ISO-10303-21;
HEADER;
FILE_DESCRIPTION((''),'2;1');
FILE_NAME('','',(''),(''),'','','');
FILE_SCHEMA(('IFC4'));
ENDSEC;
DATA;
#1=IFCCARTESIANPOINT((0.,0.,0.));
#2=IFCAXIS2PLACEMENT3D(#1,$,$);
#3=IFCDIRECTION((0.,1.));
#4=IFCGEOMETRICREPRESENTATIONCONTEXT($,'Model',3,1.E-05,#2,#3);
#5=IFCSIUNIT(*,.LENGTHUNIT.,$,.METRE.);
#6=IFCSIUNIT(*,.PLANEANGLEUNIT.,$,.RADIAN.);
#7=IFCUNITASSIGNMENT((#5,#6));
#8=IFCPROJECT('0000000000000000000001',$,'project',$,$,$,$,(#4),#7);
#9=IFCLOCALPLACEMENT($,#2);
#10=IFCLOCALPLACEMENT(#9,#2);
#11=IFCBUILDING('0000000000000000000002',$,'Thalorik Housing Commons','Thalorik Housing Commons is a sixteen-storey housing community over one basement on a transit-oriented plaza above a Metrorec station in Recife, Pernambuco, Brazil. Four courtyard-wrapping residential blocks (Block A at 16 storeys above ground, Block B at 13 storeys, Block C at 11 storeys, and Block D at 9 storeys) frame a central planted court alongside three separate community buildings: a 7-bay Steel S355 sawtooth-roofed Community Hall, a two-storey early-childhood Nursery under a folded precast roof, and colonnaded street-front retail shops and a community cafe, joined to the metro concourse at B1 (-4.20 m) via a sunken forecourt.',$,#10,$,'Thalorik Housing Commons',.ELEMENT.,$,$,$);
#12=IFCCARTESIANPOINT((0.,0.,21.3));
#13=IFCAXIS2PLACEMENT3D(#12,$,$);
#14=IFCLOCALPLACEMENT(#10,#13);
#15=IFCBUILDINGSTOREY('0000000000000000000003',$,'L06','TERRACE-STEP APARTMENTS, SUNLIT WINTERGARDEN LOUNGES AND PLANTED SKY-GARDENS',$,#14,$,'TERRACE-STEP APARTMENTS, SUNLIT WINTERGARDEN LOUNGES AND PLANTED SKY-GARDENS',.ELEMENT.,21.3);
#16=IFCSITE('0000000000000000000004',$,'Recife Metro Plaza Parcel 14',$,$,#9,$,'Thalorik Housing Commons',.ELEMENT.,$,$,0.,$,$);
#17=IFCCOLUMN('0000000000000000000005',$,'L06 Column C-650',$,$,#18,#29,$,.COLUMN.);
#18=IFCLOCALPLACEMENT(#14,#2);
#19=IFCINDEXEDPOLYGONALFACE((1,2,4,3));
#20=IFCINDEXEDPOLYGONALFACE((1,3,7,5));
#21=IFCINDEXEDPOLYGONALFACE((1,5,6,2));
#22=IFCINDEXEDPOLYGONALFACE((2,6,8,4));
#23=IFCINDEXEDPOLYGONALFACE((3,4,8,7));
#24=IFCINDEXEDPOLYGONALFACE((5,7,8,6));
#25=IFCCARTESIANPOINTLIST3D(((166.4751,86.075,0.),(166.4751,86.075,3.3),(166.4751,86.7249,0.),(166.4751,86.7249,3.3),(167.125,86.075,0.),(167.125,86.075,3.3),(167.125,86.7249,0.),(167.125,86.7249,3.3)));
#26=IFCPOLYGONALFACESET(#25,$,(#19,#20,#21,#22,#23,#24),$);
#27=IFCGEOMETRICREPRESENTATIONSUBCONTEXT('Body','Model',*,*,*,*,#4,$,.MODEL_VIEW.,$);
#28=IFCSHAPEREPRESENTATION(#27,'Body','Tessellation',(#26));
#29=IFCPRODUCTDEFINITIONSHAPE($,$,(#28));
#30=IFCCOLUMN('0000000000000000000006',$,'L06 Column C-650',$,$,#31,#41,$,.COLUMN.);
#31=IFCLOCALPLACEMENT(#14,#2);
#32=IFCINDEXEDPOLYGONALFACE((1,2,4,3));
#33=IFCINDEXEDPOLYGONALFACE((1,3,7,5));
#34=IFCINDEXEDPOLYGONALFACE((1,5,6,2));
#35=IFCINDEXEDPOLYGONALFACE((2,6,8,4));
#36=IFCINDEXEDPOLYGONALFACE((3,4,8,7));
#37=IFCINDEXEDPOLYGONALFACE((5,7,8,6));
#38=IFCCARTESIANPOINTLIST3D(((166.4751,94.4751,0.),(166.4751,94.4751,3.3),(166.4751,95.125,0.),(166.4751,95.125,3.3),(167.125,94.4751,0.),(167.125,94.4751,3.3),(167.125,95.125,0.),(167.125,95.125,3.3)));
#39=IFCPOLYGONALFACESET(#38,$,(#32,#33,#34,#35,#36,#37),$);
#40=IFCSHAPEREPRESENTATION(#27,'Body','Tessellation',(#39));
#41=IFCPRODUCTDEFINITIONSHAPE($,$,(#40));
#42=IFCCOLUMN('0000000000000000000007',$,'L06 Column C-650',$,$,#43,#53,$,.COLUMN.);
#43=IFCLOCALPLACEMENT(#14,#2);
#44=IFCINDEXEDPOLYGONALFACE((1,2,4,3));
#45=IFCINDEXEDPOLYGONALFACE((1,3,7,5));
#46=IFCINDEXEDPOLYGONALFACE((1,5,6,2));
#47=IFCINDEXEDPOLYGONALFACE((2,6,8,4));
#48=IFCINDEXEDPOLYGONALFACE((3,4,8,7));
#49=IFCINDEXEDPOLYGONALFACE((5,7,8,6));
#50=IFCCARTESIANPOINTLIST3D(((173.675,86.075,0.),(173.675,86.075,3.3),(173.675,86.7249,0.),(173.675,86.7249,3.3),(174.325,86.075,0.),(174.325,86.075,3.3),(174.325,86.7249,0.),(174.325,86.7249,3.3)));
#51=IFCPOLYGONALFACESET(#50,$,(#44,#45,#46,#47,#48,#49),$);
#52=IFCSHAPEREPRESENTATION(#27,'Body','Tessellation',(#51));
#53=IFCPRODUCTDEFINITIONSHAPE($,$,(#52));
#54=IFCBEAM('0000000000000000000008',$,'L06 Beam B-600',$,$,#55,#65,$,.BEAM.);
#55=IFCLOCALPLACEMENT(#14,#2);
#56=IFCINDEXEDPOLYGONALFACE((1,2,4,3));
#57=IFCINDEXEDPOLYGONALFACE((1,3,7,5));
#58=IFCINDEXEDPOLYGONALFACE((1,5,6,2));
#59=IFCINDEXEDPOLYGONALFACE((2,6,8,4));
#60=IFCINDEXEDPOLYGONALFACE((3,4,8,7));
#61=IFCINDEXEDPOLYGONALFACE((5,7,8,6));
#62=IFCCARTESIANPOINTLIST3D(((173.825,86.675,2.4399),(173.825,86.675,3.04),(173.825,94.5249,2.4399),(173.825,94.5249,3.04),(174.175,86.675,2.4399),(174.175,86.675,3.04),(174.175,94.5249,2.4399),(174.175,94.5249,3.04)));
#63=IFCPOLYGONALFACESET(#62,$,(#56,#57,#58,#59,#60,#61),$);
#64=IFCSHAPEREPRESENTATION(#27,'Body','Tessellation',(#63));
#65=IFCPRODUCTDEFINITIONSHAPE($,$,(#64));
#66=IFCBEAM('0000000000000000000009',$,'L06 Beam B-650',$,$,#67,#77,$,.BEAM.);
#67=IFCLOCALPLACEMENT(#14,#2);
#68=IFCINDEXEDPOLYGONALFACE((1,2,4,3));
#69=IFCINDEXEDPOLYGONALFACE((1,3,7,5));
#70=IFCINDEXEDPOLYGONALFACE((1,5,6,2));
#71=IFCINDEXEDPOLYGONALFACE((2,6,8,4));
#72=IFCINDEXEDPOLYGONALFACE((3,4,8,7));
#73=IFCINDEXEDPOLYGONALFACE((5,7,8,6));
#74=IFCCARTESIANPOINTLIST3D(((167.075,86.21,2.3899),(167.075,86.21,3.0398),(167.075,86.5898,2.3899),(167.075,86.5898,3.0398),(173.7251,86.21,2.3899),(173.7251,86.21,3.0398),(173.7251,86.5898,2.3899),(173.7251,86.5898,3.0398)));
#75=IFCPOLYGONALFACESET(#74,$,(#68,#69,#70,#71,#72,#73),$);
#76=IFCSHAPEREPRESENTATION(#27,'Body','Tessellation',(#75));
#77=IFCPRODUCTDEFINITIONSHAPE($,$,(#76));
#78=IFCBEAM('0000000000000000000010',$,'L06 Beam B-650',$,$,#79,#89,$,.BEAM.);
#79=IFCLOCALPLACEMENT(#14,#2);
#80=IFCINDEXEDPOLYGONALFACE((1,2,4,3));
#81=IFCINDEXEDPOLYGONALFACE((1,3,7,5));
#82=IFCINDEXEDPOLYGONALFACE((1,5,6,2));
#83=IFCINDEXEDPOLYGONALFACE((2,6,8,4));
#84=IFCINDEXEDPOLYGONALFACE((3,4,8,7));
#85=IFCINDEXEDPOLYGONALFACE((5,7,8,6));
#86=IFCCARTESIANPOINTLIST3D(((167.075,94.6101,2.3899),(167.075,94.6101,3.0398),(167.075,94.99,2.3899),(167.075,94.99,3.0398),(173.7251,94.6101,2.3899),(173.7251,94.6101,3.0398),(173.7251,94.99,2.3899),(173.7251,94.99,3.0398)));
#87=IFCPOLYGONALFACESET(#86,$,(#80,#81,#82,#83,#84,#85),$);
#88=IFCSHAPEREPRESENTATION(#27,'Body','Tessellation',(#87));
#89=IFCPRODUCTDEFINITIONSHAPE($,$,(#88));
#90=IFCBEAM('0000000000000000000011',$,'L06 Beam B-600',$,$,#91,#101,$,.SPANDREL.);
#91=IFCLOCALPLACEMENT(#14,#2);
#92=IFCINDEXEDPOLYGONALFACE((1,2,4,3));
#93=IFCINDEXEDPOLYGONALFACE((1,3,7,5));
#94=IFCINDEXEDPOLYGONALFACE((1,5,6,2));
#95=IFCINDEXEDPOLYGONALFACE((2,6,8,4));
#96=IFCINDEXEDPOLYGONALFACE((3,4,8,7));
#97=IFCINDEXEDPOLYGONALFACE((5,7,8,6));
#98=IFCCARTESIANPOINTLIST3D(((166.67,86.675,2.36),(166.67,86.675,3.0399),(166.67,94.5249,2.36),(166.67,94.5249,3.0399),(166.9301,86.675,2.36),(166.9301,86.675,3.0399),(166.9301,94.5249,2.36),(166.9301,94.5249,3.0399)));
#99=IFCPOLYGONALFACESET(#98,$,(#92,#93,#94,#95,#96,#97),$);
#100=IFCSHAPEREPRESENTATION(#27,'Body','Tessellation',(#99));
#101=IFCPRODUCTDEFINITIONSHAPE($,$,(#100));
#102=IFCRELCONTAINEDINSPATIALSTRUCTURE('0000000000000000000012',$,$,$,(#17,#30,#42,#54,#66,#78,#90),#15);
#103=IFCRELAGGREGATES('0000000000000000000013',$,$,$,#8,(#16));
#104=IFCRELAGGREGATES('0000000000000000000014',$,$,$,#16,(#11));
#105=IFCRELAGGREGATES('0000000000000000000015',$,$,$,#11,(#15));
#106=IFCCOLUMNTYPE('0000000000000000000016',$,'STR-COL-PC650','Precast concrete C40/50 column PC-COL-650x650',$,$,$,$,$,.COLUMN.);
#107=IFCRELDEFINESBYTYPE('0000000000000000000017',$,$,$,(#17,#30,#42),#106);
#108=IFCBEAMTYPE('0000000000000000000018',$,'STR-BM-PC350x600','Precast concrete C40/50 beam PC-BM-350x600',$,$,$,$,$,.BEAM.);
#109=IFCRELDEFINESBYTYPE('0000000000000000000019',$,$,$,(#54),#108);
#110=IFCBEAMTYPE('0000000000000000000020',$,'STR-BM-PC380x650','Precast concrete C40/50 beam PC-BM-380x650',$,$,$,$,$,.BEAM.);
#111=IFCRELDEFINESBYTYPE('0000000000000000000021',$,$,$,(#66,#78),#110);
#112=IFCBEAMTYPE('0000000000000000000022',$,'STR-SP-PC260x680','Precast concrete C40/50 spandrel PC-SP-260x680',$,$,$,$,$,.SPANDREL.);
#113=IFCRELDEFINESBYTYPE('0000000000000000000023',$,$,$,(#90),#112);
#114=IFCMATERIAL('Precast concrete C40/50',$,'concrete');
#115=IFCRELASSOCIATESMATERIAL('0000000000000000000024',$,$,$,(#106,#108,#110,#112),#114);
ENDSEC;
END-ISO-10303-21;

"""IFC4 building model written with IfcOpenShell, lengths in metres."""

from ifc_helpers import new_model, si_unit, direction, frame, origin, origin_2d, place, context, subcontext, project, spatial, rectangle, extrude, material, material_profile, profile_set, type_object, element, save


model = new_model("IFC4")

# Units and contexts
model_context = context("Model", 3, precision=1e-05, world=origin(), true_north=direction((0.0, 1.0)))
body_context = subcontext(model_context, "Body", "Model", "MODEL_VIEW")
ifc_project = project(units=[si_unit("LENGTHUNIT", "METRE"), si_unit("PLANEANGLEUNIT", "RADIAN")], contexts=[model_context])

# Site, building, storey
site_placement = place(None, origin())
site = spatial("IfcSite", under=ifc_project, at=site_placement, Name="Recife Metro Plaza Parcel 14", LongName="Thalorik Housing Commons", CompositionType="ELEMENT", RefElevation=0.0)
building_placement = place(site_placement, origin())
building = spatial("IfcBuilding", under=site, at=building_placement, Name="Thalorik Housing Commons", Description="Thalorik Housing Commons is a sixteen-storey housing community over one basement on a transit-oriented plaza above a Metrorec station in Recife, Pernambuco, Brazil. Four courtyard-wrapping residential blocks (Block A at 16 storeys above ground, Block B at 13 storeys, Block C at 11 storeys, and Block D at 9 storeys) frame a central planted court alongside three separate community buildings: a 7-bay Steel S355 sawtooth-roofed Community Hall, a two-storey early-childhood Nursery under a folded precast roof, and colonnaded street-front retail shops and a community cafe, joined to the metro concourse at B1 (-4.20 m) via a sunken forecourt.", LongName="Thalorik Housing Commons", CompositionType="ELEMENT")
storey_placement = place(building_placement, frame((0.0, 0.0, 21.3)))
storey = spatial("IfcBuildingStorey", under=building, at=storey_placement, Name="L06", Description="TERRACE-STEP APARTMENTS, SUNLIT WINTERGARDEN LOUNGES AND PLANTED SKY-GARDENS", LongName="TERRACE-STEP APARTMENTS, SUNLIT WINTERGARDEN LOUNGES AND PLANTED SKY-GARDENS", CompositionType="ELEMENT", Elevation=21.3)

# Columns
ifc_material_1 = material(Name="Precast concrete C40/50", Category="concrete")
ifc_material_profile_1 = material_profile(ifc_material_1, rectangle(XDim=0.6499, YDim=0.6499, at=origin_2d()), Name="PC 650x650", Category="concrete")
ifc_profile_set_1 = profile_set([ifc_material_profile_1], Name="Precast concrete C40/50")
column_type = type_object("IfcColumnType", Name="STR-COL-PC650", Description="Precast concrete C40/50 column PC-COL-650x650", PredefinedType="COLUMN", material=ifc_profile_set_1)
for number, where, z_axis, x_axis, name in (
    (1, (166.8, 86.3999, 0.0), (0.0, 0.0, 1.0), (1.0, 0.0, 0.0), "L06 Column C-650"),
    (2, (166.8, 94.8, 0.0), (0.0, 0.0, 1.0), (1.0, 0.0, 0.0), "L06 Column C-650"),
    (3, (174.0, 86.3999, 0.0), (0.0, 0.0, 1.0), (1.0, 0.0, 0.0), "L06 Column C-650"),
):
    element("IfcColumn", number, at=place(storey_placement, frame(where, z_axis=z_axis, x_axis=x_axis)), inside=storey, type_object=column_type, Name=name, PredefinedType="COLUMN", context=body_context, shape_type="SweptSolid", body=[
        extrude(rectangle(XDim=0.6499, YDim=0.6499, at=origin_2d()), origin(), (0.0, 0.0, 1.0), 3.3),
    ])

# Beams
ifc_material_profile_2 = material_profile(ifc_material_1, rectangle(XDim=0.3501, YDim=0.6001, at=origin_2d()), Name="PC 350x600", Category="concrete")
ifc_profile_set_2 = profile_set([ifc_material_profile_2], Name="Precast concrete C40/50")
beam_type_1 = type_object("IfcBeamType", Name="STR-BM-PC350x600", Description="Precast concrete C40/50 beam PC-BM-350x600", PredefinedType="BEAM", material=ifc_profile_set_2)
beam_1_placement = place(storey_placement, frame((174.0, 86.675, 2.74), z_axis=(0.0, 1.0, 0.0), x_axis=(-1.0, 0.0, 0.0)))
element("IfcBeam", 4, at=beam_1_placement, inside=storey, type_object=beam_type_1, Name="L06 Beam B-600", PredefinedType="BEAM", context=body_context, shape_type="SweptSolid", body=[
    extrude(rectangle(XDim=0.3501, YDim=0.6001, at=origin_2d()), origin(), (0.0, 0.0, 1.0), 7.8499),
])
ifc_material_profile_3 = material_profile(ifc_material_1, rectangle(XDim=0.3799, YDim=0.6499, at=origin_2d()), Name="PC 380x650", Category="concrete")
ifc_profile_set_3 = profile_set([ifc_material_profile_3], Name="Precast concrete C40/50")
beam_type_2 = type_object("IfcBeamType", Name="STR-BM-PC380x650", Description="Precast concrete C40/50 beam PC-BM-380x650", PredefinedType="BEAM", material=ifc_profile_set_3)
for number, where, z_axis, x_axis, name in (
    (5, (167.075, 86.3999, 2.7148), (1.0, 0.0, 0.0), (0.0, 1.0, 0.0), "L06 Beam B-650"),
    (6, (167.075, 94.8, 2.7148), (1.0, 0.0, 0.0), (0.0, 1.0, 0.0), "L06 Beam B-650"),
):
    element("IfcBeam", number, at=place(storey_placement, frame(where, z_axis=z_axis, x_axis=x_axis)), inside=storey, type_object=beam_type_2, Name=name, PredefinedType="BEAM", context=body_context, shape_type="SweptSolid", body=[
        extrude(rectangle(XDim=0.3799, YDim=0.6499, at=origin_2d()), origin(), (0.0, 0.0, 1.0), 6.6501),
    ])
ifc_material_profile_4 = material_profile(ifc_material_1, rectangle(XDim=0.26, YDim=0.6799, at=origin_2d()), Name="PC SP 260x680", Category="concrete")
ifc_profile_set_4 = profile_set([ifc_material_profile_4], Name="Precast concrete C40/50")
beam_type_3 = type_object("IfcBeamType", Name="STR-SP-PC260x680", Description="Precast concrete C40/50 spandrel PC-SP-260x680", PredefinedType="SPANDREL", material=ifc_profile_set_4)
beam_2_placement = place(storey_placement, frame((166.8, 86.675, 2.7), z_axis=(0.0, 1.0, 0.0), x_axis=(-1.0, 0.0, 0.0)))
element("IfcBeam", 7, at=beam_2_placement, inside=storey, type_object=beam_type_3, Name="L06 Beam B-600", PredefinedType="SPANDREL", context=body_context, shape_type="SweptSolid", body=[
    extrude(rectangle(XDim=0.26, YDim=0.6799, at=origin_2d()), origin(), (0.0, 0.0, 1.0), 7.8499),
])

save(model, "model.ifc")
